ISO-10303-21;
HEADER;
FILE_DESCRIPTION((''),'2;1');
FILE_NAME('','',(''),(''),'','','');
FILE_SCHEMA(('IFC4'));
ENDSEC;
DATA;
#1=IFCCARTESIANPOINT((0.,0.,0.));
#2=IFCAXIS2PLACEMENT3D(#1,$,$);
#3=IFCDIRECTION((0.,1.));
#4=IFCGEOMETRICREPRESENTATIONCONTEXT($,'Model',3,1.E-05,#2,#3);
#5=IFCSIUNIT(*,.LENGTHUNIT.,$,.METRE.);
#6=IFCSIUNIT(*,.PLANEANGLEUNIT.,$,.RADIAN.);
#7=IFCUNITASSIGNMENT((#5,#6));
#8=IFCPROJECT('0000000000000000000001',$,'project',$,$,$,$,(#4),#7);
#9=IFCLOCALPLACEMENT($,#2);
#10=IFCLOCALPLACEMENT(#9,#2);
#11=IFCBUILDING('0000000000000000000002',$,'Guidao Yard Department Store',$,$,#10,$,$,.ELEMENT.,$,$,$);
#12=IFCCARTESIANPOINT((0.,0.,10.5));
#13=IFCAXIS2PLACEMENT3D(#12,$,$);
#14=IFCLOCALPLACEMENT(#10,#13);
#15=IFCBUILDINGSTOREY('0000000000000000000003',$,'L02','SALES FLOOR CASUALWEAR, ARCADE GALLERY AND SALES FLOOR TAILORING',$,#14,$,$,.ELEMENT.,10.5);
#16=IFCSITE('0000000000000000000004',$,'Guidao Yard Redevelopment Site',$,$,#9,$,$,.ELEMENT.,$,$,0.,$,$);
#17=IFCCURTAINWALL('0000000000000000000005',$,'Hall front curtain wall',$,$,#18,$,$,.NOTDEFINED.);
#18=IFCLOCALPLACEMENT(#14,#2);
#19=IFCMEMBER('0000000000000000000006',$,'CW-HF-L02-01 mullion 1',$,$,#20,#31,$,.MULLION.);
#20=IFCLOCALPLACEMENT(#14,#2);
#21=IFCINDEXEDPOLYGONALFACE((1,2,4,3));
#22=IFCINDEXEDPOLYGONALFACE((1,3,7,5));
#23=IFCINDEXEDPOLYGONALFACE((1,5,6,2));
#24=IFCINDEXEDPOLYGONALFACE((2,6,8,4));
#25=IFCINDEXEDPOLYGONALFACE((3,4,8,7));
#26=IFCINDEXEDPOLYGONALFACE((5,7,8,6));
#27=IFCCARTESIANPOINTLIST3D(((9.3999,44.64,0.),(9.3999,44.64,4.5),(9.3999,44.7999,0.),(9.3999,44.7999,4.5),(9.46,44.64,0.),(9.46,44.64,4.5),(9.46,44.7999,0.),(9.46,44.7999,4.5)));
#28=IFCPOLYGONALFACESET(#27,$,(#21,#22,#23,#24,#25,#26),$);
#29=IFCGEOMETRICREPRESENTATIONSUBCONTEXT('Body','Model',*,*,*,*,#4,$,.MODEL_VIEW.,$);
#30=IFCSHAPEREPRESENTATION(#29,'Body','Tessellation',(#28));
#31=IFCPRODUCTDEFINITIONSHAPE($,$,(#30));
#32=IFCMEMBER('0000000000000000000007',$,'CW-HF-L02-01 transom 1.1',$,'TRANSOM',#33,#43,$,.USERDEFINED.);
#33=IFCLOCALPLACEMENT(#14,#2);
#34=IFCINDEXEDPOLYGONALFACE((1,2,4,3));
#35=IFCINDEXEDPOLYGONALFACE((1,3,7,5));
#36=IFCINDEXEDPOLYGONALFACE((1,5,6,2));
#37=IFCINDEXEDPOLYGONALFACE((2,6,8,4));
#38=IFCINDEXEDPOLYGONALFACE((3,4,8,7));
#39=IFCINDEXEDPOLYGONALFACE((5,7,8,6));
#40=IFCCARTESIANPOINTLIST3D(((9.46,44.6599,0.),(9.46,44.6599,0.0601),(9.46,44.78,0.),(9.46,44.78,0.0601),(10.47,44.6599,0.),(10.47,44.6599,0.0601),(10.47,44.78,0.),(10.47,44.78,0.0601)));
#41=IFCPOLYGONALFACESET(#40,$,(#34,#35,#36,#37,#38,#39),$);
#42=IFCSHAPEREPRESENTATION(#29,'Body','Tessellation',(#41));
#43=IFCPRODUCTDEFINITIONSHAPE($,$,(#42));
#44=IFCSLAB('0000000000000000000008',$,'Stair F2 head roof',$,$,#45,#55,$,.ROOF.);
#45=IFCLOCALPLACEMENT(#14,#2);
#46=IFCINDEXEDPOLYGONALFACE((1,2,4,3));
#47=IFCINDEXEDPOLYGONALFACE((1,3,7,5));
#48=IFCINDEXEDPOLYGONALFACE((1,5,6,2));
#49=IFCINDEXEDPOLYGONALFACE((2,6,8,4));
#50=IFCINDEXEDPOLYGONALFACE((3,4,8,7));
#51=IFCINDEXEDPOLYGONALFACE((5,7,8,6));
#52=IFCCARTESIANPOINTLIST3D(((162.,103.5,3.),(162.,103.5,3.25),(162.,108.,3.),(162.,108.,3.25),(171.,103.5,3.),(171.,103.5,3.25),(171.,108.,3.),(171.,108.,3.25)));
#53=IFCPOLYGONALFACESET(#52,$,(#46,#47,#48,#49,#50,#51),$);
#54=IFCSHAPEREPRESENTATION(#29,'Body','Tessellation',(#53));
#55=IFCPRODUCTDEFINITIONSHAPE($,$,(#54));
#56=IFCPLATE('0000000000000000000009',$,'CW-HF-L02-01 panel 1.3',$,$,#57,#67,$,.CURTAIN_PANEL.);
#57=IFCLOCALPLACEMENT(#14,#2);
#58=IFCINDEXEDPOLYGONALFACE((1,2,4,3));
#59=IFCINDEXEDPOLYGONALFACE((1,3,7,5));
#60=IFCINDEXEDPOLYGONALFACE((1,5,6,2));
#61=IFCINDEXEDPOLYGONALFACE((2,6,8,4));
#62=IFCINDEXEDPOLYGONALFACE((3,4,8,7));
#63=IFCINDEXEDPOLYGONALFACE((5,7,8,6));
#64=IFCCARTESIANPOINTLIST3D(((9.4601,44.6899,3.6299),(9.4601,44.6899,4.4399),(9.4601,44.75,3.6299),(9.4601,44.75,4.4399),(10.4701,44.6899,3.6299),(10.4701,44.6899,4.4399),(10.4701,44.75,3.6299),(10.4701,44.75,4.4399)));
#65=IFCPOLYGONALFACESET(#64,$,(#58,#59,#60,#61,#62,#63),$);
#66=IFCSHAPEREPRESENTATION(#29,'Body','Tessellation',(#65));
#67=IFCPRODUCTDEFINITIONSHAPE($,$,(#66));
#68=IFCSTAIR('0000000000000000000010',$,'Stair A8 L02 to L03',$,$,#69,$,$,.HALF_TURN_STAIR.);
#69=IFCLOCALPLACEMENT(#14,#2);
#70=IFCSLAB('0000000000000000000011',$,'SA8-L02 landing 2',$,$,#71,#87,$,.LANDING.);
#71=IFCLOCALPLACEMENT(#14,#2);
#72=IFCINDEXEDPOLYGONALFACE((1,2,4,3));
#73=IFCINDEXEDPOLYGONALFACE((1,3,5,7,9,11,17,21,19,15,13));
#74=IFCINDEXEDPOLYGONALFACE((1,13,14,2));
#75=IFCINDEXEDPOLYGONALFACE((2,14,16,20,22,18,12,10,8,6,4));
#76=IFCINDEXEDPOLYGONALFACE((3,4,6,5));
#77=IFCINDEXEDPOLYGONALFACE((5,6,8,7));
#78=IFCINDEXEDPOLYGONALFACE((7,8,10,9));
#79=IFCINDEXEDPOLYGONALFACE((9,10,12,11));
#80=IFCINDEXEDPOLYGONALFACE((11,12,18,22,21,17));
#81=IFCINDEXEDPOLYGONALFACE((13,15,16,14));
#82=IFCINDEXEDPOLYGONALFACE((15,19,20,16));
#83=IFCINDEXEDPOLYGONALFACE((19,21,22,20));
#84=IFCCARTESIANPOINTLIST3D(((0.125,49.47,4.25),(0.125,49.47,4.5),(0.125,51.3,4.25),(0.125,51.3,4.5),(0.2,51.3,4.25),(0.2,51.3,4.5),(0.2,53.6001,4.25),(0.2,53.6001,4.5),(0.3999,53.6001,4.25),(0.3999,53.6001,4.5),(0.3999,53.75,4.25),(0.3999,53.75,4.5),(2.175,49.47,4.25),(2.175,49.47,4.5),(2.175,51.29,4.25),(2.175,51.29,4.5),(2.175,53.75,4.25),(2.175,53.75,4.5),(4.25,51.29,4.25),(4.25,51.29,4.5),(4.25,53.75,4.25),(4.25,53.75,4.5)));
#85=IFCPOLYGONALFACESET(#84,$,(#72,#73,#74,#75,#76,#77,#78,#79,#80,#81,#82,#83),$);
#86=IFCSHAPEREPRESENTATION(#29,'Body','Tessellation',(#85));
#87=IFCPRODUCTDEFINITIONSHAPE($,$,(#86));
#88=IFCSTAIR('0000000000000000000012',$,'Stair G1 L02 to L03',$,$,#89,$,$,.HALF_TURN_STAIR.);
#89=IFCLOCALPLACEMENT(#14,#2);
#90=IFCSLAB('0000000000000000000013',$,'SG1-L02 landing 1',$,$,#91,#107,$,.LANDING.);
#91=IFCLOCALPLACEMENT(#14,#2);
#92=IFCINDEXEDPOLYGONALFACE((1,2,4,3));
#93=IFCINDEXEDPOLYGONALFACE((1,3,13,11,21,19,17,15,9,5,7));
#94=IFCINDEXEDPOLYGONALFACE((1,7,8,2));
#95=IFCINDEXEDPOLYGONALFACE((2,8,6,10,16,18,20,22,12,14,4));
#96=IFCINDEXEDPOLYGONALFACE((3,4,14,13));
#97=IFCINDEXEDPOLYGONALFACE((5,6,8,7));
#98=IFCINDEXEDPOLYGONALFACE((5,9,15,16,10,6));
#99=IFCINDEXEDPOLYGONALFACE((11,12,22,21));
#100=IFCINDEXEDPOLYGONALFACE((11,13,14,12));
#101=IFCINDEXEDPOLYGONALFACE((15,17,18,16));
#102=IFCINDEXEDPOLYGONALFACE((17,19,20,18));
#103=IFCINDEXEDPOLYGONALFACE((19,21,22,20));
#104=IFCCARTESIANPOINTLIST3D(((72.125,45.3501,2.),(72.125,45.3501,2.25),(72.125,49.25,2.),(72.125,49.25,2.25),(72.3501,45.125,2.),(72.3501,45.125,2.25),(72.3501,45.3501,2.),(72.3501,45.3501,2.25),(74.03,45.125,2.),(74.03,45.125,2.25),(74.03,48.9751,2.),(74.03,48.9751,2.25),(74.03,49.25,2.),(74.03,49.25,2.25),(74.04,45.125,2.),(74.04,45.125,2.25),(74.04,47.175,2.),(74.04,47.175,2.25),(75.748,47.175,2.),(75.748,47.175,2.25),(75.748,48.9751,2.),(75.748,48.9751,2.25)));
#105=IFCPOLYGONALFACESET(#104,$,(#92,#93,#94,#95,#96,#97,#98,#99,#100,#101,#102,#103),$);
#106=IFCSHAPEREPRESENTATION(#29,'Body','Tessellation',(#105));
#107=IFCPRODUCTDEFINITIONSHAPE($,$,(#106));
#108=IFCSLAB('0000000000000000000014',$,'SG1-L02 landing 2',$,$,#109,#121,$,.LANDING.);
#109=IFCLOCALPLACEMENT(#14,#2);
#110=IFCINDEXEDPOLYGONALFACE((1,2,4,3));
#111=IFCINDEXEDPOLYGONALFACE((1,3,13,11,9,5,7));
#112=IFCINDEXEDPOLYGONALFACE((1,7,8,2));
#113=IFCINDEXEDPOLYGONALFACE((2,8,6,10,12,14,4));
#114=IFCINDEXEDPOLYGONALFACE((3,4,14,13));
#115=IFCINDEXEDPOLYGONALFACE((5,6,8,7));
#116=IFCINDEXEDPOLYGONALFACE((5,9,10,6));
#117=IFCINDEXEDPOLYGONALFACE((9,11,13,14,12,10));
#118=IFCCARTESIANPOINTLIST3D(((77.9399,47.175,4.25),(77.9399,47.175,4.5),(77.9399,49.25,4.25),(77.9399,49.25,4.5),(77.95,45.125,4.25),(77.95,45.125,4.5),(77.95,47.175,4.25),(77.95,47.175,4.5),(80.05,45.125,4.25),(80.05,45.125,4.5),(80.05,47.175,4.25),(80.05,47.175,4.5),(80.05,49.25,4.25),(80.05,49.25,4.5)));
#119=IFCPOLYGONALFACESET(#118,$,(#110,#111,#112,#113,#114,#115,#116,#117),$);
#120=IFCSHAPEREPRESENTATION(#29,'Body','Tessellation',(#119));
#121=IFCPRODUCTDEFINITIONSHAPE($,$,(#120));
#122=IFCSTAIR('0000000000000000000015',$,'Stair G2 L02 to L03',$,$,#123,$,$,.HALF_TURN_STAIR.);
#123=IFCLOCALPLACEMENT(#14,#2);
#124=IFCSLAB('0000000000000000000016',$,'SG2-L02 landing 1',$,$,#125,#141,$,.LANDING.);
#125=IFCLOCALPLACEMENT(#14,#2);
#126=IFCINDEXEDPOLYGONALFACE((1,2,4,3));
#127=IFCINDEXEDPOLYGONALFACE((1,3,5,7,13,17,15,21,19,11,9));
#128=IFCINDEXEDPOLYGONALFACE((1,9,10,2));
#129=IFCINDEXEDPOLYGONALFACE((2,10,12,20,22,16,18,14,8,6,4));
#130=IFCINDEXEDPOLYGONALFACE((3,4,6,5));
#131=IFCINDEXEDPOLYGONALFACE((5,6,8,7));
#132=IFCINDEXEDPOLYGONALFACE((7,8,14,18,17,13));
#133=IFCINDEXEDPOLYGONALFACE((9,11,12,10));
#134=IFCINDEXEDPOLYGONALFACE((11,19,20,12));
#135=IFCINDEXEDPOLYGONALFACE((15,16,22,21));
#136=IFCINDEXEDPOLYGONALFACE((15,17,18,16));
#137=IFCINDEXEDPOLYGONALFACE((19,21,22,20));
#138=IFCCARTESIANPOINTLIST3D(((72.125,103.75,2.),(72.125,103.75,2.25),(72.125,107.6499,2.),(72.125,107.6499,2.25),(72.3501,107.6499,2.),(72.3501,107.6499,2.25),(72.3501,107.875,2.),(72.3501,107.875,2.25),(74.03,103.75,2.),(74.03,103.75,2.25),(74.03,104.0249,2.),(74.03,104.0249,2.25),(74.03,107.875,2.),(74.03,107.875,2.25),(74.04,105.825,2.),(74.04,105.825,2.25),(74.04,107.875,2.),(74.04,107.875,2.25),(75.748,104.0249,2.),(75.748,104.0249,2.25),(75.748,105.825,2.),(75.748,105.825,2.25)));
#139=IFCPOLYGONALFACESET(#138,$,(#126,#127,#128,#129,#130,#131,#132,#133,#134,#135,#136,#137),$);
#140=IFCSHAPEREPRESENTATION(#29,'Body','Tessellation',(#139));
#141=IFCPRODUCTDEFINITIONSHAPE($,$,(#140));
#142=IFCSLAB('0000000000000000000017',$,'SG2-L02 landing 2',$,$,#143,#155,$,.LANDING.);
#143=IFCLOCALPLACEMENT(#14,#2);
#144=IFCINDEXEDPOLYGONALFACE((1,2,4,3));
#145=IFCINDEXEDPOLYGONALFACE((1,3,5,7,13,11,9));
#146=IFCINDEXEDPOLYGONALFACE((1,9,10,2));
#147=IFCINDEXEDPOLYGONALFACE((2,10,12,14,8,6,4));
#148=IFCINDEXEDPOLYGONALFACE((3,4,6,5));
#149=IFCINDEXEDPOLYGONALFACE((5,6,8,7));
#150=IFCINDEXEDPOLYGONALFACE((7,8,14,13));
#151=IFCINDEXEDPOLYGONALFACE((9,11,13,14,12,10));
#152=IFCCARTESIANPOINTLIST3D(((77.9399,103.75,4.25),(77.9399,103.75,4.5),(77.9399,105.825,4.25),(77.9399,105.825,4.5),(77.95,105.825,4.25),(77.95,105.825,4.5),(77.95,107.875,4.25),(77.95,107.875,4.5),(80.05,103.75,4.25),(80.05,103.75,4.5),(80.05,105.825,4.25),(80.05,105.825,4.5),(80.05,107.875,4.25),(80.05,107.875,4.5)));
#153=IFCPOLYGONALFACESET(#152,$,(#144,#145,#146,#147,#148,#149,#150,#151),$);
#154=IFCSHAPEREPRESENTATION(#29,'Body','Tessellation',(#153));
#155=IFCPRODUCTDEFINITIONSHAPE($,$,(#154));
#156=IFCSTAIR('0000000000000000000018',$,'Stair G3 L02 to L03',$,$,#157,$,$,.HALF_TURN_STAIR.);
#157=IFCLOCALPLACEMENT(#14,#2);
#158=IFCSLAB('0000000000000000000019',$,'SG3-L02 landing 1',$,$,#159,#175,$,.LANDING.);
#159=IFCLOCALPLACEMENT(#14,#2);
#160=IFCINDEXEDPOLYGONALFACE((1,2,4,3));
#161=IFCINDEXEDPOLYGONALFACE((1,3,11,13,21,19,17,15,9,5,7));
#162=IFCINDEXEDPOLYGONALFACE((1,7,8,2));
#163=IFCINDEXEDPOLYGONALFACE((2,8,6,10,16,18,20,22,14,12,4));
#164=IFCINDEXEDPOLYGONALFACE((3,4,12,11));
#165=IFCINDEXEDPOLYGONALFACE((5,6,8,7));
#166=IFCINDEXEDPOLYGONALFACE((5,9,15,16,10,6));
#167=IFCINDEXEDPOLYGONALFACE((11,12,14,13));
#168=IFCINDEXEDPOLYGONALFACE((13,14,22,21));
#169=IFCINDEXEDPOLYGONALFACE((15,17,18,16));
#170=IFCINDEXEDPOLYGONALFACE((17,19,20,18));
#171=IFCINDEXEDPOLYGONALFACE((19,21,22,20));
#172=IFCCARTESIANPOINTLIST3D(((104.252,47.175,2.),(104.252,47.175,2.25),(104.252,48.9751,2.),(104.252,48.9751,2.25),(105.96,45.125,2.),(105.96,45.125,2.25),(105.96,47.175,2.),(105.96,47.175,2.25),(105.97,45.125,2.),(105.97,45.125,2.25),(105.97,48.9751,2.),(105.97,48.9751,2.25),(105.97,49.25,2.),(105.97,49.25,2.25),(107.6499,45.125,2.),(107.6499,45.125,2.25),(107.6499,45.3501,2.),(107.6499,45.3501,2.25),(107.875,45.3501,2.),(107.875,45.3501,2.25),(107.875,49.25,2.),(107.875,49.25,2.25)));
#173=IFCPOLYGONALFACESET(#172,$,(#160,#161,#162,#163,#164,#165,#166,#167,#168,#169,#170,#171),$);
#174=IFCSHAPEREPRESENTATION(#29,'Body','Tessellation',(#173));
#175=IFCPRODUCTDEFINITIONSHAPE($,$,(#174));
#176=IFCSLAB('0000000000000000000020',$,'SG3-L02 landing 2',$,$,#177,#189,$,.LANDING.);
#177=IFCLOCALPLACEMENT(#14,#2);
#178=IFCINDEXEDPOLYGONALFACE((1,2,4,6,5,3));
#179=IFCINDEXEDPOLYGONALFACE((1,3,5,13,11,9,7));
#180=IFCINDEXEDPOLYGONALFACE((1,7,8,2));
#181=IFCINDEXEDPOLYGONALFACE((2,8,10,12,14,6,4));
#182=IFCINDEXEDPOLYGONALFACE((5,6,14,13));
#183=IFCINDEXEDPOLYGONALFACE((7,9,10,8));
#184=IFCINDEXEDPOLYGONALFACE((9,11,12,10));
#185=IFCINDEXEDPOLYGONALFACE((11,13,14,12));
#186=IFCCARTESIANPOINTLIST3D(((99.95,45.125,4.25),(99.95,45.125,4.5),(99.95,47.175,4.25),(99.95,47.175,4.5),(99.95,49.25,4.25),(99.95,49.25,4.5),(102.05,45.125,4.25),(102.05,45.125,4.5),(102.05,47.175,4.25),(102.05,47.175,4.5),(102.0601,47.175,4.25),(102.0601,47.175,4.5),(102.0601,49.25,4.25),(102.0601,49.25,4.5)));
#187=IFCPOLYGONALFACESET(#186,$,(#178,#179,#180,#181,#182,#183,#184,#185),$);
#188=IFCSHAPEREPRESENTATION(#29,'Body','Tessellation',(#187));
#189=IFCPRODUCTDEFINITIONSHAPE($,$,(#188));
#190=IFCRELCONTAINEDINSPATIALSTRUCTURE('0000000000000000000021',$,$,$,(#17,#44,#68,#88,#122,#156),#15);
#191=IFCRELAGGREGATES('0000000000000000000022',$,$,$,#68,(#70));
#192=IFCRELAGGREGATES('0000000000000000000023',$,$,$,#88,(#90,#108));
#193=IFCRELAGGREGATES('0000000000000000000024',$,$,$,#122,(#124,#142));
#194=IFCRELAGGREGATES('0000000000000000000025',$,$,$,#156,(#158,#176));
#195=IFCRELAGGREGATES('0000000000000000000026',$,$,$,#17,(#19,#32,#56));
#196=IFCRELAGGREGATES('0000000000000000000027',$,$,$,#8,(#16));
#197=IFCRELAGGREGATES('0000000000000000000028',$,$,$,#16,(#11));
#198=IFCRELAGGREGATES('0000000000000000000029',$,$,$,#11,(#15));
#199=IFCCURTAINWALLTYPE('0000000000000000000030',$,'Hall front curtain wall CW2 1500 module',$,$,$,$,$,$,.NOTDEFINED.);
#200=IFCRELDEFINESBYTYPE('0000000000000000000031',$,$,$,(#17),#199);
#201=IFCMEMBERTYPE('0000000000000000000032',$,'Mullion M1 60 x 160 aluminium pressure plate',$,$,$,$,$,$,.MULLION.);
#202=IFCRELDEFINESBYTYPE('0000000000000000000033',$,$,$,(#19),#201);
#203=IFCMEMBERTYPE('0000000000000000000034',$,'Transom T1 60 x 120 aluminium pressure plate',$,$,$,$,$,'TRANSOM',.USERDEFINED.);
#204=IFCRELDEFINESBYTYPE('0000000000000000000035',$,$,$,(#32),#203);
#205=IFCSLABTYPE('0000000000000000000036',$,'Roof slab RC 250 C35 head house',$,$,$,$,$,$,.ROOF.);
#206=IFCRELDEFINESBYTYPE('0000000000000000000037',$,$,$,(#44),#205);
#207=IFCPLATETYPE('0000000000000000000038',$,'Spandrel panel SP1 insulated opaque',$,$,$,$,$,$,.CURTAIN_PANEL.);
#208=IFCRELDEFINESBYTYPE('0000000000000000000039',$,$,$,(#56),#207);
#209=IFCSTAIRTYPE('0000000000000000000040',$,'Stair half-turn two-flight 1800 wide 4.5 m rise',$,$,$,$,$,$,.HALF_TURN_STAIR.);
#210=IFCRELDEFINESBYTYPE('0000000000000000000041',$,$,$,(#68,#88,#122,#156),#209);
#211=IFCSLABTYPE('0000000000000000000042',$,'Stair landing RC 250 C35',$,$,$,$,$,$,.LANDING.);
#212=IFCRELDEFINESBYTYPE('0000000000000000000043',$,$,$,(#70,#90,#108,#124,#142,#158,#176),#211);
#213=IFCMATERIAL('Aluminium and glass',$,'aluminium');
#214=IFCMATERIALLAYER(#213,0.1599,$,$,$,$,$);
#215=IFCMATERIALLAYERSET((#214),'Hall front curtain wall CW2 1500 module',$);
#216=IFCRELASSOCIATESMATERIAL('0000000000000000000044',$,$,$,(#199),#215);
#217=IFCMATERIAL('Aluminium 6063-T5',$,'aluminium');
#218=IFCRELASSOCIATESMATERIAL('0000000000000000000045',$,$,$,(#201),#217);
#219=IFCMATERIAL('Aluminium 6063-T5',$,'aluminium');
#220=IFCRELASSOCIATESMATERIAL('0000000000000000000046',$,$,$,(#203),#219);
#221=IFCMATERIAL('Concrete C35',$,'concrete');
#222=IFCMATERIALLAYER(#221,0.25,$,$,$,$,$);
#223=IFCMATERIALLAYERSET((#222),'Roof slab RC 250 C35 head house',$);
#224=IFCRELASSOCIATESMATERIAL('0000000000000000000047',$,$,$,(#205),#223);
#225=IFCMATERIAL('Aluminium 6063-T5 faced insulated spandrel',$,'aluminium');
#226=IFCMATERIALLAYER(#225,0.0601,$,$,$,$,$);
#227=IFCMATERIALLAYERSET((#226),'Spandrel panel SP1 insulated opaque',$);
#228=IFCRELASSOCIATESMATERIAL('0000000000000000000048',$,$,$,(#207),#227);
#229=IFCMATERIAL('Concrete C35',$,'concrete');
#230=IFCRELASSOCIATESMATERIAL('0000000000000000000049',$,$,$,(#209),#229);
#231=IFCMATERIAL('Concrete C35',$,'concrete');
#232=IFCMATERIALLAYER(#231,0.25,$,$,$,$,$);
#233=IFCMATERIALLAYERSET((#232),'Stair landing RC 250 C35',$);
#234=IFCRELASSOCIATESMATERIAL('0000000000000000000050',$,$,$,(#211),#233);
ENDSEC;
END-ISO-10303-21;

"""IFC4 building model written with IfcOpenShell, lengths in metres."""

from ifc_helpers import new_model, si_unit, direction, frame, origin, origin_2d, place, context, subcontext, project, spatial, polyline, rectangle, outline, extrude, material, layer, layer_set, material_profile, profile_set, type_object, element, aggregate, save


model = new_model("IFC4")

# Units and contexts
model_context = context("Model", 3, precision=1e-05, world=origin(), true_north=direction((0.0, 1.0)))
body_context = subcontext(model_context, "Body", "Model", "MODEL_VIEW")
ifc_project = project(units=[si_unit("LENGTHUNIT", "METRE"), si_unit("PLANEANGLEUNIT", "RADIAN")], contexts=[model_context])

# Site, building, storey
site_placement = place(None, origin())
site = spatial("IfcSite", under=ifc_project, at=site_placement, Name="Guidao Yard Redevelopment Site", CompositionType="ELEMENT", RefElevation=0.0)
building_placement = place(site_placement, origin())
building = spatial("IfcBuilding", under=site, at=building_placement, Name="Guidao Yard Department Store", CompositionType="ELEMENT")
storey_placement = place(building_placement, frame((0.0, 0.0, 10.5)))
storey = spatial("IfcBuildingStorey", under=building, at=storey_placement, Name="L02", Description="SALES FLOOR CASUALWEAR, ARCADE GALLERY AND SALES FLOOR TAILORING", CompositionType="ELEMENT", Elevation=10.5)

# Curtain wall, members
ifc_material_1 = material(Name="Aluminium and glass", Category="aluminium")
ifc_layer_1 = layer(ifc_material_1, 0.1599)
ifc_layer_set_1 = layer_set([ifc_layer_1], Name="Hall front curtain wall CW2 1500 module")
curtain_wall_type = type_object("IfcCurtainWallType", Name="Hall front curtain wall CW2 1500 module", PredefinedType="NOTDEFINED", material=ifc_layer_set_1)
curtain_wall_placement = place(storey_placement, origin())
curtain_wall = element("IfcCurtainWall", 1, at=curtain_wall_placement, inside=storey, type_object=curtain_wall_type, Name="Hall front curtain wall", PredefinedType="NOTDEFINED")
ifc_material_2 = material(Name="Aluminium 6063-T5", Category="aluminium")
ifc_material_profile_1 = material_profile(ifc_material_2, rectangle(XDim=0.0601, YDim=0.1599, at=origin_2d()), Name="Mullion M1 60 x 160 aluminium pressure plate")
ifc_profile_set_1 = profile_set([ifc_material_profile_1], Name="Aluminium 6063-T5")
member_type_1 = type_object("IfcMemberType", Name="Mullion M1 60 x 160 aluminium pressure plate", PredefinedType="MULLION", material=ifc_profile_set_1)
member_1_placement = place(storey_placement, frame((9.4299, 44.72, 0.0), z_axis=(0.0, 0.0, 1.0), x_axis=(-1.0, 0.0, 0.0)))
member_1 = element("IfcMember", 2, at=member_1_placement, type_object=member_type_1, Name="CW-HF-L02-01 mullion 1", PredefinedType="MULLION", context=body_context, shape_type="SweptSolid", body=[
    extrude(rectangle(XDim=0.0601, YDim=0.1599, at=origin_2d()), origin(), (0.0, 0.0, 1.0), 4.5),
])
ifc_material_3 = material(Name="Aluminium 6063-T5", Category="aluminium")
ifc_material_profile_2 = material_profile(ifc_material_3, rectangle(XDim=0.1201, YDim=0.0601, at=origin_2d()), Name="Transom T1 60 x 120 aluminium pressure plate")
ifc_profile_set_2 = profile_set([ifc_material_profile_2], Name="Aluminium 6063-T5")
member_type_2 = type_object("IfcMemberType", Name="Transom T1 60 x 120 aluminium pressure plate", ElementType="TRANSOM", PredefinedType="USERDEFINED", material=ifc_profile_set_2)
member_2_placement = place(storey_placement, frame((10.47, 44.72, 0.03), z_axis=(-1.0, 0.0, 0.0), x_axis=(0.0, -1.0, 0.0)))
member_2 = element("IfcMember", 3, at=member_2_placement, type_object=member_type_2, Name="CW-HF-L02-01 transom 1.1", ObjectType="TRANSOM", PredefinedType="USERDEFINED", context=body_context, shape_type="SweptSolid", body=[
    extrude(rectangle(XDim=0.1201, YDim=0.0601, at=origin_2d()), origin(), (0.0, 0.0, 1.0), 1.01),
])

# Slab
ifc_material_4 = material(Name="Concrete C35", Category="concrete")
ifc_layer_2 = layer(ifc_material_4, 0.25)
ifc_layer_set_2 = layer_set([ifc_layer_2], Name="Roof slab RC 250 C35 head house")
slab_type_1 = type_object("IfcSlabType", Name="Roof slab RC 250 C35 head house", PredefinedType="ROOF", material=ifc_layer_set_2)
slab_1_placement = place(storey_placement, frame((0.0, 0.0, 3.0)))
element("IfcSlab", 4, at=slab_1_placement, inside=storey, type_object=slab_type_1, Name="Stair F2 head roof", PredefinedType="ROOF", context=body_context, shape_type="SweptSolid", body=[
    extrude(outline(polyline([(162.0, 103.5), (171.0, 103.5), (171.0, 108.0), (162.0, 108.0), (162.0, 103.5)])), origin(), (0.0, 0.0, 1.0), 0.25),
])

# Plate
ifc_material_5 = material(Name="Aluminium 6063-T5 faced insulated spandrel", Category="aluminium")
ifc_layer_3 = layer(ifc_material_5, 0.0601)
ifc_layer_set_3 = layer_set([ifc_layer_3], Name="Spandrel panel SP1 insulated opaque")
plate_type_1 = type_object("IfcPlateType", Name="Spandrel panel SP1 insulated opaque", PredefinedType="CURTAIN_PANEL", material=ifc_layer_set_3)
plate_1_placement = place(storey_placement, frame((9.9651, 44.72, 3.6299), z_axis=(0.0, 0.0, 1.0), x_axis=(-1.0, 0.0, 0.0)))
plate_1 = element("IfcPlate", 5, at=plate_1_placement, type_object=plate_type_1, Name="CW-HF-L02-01 panel 1.3", PredefinedType="CURTAIN_PANEL", context=body_context, shape_type="SweptSolid", body=[
    extrude(rectangle(XDim=1.01, YDim=0.0601, at=origin_2d()), origin(), (0.0, 0.0, 1.0), 0.8101),
])

# Stair, slab
ifc_material_6 = material(Name="Concrete C35", Category="concrete")
stair_type_1 = type_object("IfcStairType", Name="Stair half-turn two-flight 1800 wide 4.5 m rise", PredefinedType="HALF_TURN_STAIR", material=ifc_material_6)
stair_1_placement = place(storey_placement, origin())
stair_1 = element("IfcStair", 6, at=stair_1_placement, inside=storey, type_object=stair_type_1, Name="Stair A8 L02 to L03", PredefinedType="HALF_TURN_STAIR")
ifc_material_7 = material(Name="Concrete C35", Category="concrete")
ifc_layer_4 = layer(ifc_material_7, 0.25)
ifc_layer_set_4 = layer_set([ifc_layer_4], Name="Stair landing RC 250 C35")
slab_type_2 = type_object("IfcSlabType", Name="Stair landing RC 250 C35", PredefinedType="LANDING", material=ifc_layer_set_4)
slab_2_placement = place(storey_placement, frame((0.0, 0.0, 4.25)))
slab_2 = element("IfcSlab", 7, at=slab_2_placement, type_object=slab_type_2, Name="SA8-L02 landing 2", PredefinedType="LANDING", context=body_context, shape_type="SweptSolid", body=[
    extrude(outline(polyline([(0.125, 51.3), (0.2, 51.3), (0.2, 53.6001), (0.3999, 53.6001), (0.3999, 53.75), (2.175, 53.75), (4.25, 53.75), (4.25, 51.29), (2.175, 51.29), (2.175, 49.47), (0.125, 49.47), (0.125, 51.3)])), origin(), (0.0, 0.0, 1.0), 0.25),
])
aggregate(stair_1, [slab_2])

# Stairs, slabs
stair_2_placement = place(storey_placement, origin())
stair_2 = element("IfcStair", 8, at=stair_2_placement, inside=storey, type_object=stair_type_1, Name="Stair G1 L02 to L03", PredefinedType="HALF_TURN_STAIR")
slab_3_placement = place(storey_placement, frame((0.0, 0.0, 2.0)))
slab_3 = element("IfcSlab", 9, at=slab_3_placement, type_object=slab_type_2, Name="SG1-L02 landing 1", PredefinedType="LANDING", context=body_context, shape_type="SweptSolid", body=[
    extrude(outline(polyline([(74.03, 45.125), (72.3501, 45.125), (72.3501, 45.3501), (72.125, 45.3501), (72.125, 49.25), (74.03, 49.25), (74.03, 48.9751), (75.748, 48.9751), (75.748, 47.175), (74.04, 47.175), (74.04, 45.125), (74.03, 45.125)])), origin(), (0.0, 0.0, 1.0), 0.25),
])
slab_4_placement = place(storey_placement, frame((0.0, 0.0, 4.25)))
slab_4 = element("IfcSlab", 10, at=slab_4_placement, type_object=slab_type_2, Name="SG1-L02 landing 2", PredefinedType="LANDING", context=body_context, shape_type="SweptSolid", body=[
    extrude(outline(polyline([(77.95, 45.125), (77.95, 47.175), (77.9399, 47.175), (77.9399, 49.25), (80.05, 49.25), (80.05, 47.175), (80.05, 45.125), (77.95, 45.125)])), origin(), (0.0, 0.0, 1.0), 0.25),
])
aggregate(stair_2, [slab_3, slab_4])
stair_3_placement = place(storey_placement, origin())
stair_3 = element("IfcStair", 11, at=stair_3_placement, inside=storey, type_object=stair_type_1, Name="Stair G2 L02 to L03", PredefinedType="HALF_TURN_STAIR")
slab_5_placement = place(storey_placement, frame((0.0, 0.0, 2.0)))
slab_5 = element("IfcSlab", 12, at=slab_5_placement, type_object=slab_type_2, Name="SG2-L02 landing 1", PredefinedType="LANDING", context=body_context, shape_type="SweptSolid", body=[
    extrude(outline(polyline([(75.748, 104.0249), (74.03, 104.0249), (74.03, 103.75), (72.125, 103.75), (72.125, 107.6499), (72.3501, 107.6499), (72.3501, 107.875), (74.03, 107.875), (74.04, 107.875), (74.04, 105.825), (75.748, 105.825), (75.748, 104.0249)])), origin(), (0.0, 0.0, 1.0), 0.25),
])
slab_6_placement = place(storey_placement, frame((0.0, 0.0, 4.25)))
slab_6 = element("IfcSlab", 13, at=slab_6_placement, type_object=slab_type_2, Name="SG2-L02 landing 2", PredefinedType="LANDING", context=body_context, shape_type="SweptSolid", body=[
    extrude(outline(polyline([(77.9399, 103.75), (77.9399, 105.825), (77.95, 105.825), (77.95, 107.875), (80.05, 107.875), (80.05, 105.825), (80.05, 103.75), (77.9399, 103.75)])), origin(), (0.0, 0.0, 1.0), 0.25),
])
aggregate(stair_3, [slab_5, slab_6])
stair_4_placement = place(storey_placement, origin())
stair_4 = element("IfcStair", 14, at=stair_4_placement, inside=storey, type_object=stair_type_1, Name="Stair G3 L02 to L03", PredefinedType="HALF_TURN_STAIR")
slab_7_placement = place(storey_placement, frame((0.0, 0.0, 2.0)))
slab_7 = element("IfcSlab", 15, at=slab_7_placement, type_object=slab_type_2, Name="SG3-L02 landing 1", PredefinedType="LANDING", context=body_context, shape_type="SweptSolid", body=[
    extrude(outline(polyline([(105.96, 47.175), (104.252, 47.175), (104.252, 48.9751), (105.97, 48.9751), (105.97, 49.25), (107.875, 49.25), (107.875, 45.3501), (107.6499, 45.3501), (107.6499, 45.125), (105.97, 45.125), (105.96, 45.125), (105.96, 47.175)])), origin(), (0.0, 0.0, 1.0), 0.25),
])
slab_8_placement = place(storey_placement, frame((0.0, 0.0, 4.25)))
slab_8 = element("IfcSlab", 16, at=slab_8_placement, type_object=slab_type_2, Name="SG3-L02 landing 2", PredefinedType="LANDING", context=body_context, shape_type="SweptSolid", body=[
    extrude(outline(polyline([(99.95, 45.125), (99.95, 47.175), (99.95, 49.25), (102.0601, 49.25), (102.0601, 47.175), (102.05, 47.175), (102.05, 45.125), (99.95, 45.125)])), origin(), (0.0, 0.0, 1.0), 0.25),
])
aggregate(stair_4, [slab_7, slab_8])

aggregate(curtain_wall, [member_1, member_2, plate_1])

save(model, "model.ifc")
